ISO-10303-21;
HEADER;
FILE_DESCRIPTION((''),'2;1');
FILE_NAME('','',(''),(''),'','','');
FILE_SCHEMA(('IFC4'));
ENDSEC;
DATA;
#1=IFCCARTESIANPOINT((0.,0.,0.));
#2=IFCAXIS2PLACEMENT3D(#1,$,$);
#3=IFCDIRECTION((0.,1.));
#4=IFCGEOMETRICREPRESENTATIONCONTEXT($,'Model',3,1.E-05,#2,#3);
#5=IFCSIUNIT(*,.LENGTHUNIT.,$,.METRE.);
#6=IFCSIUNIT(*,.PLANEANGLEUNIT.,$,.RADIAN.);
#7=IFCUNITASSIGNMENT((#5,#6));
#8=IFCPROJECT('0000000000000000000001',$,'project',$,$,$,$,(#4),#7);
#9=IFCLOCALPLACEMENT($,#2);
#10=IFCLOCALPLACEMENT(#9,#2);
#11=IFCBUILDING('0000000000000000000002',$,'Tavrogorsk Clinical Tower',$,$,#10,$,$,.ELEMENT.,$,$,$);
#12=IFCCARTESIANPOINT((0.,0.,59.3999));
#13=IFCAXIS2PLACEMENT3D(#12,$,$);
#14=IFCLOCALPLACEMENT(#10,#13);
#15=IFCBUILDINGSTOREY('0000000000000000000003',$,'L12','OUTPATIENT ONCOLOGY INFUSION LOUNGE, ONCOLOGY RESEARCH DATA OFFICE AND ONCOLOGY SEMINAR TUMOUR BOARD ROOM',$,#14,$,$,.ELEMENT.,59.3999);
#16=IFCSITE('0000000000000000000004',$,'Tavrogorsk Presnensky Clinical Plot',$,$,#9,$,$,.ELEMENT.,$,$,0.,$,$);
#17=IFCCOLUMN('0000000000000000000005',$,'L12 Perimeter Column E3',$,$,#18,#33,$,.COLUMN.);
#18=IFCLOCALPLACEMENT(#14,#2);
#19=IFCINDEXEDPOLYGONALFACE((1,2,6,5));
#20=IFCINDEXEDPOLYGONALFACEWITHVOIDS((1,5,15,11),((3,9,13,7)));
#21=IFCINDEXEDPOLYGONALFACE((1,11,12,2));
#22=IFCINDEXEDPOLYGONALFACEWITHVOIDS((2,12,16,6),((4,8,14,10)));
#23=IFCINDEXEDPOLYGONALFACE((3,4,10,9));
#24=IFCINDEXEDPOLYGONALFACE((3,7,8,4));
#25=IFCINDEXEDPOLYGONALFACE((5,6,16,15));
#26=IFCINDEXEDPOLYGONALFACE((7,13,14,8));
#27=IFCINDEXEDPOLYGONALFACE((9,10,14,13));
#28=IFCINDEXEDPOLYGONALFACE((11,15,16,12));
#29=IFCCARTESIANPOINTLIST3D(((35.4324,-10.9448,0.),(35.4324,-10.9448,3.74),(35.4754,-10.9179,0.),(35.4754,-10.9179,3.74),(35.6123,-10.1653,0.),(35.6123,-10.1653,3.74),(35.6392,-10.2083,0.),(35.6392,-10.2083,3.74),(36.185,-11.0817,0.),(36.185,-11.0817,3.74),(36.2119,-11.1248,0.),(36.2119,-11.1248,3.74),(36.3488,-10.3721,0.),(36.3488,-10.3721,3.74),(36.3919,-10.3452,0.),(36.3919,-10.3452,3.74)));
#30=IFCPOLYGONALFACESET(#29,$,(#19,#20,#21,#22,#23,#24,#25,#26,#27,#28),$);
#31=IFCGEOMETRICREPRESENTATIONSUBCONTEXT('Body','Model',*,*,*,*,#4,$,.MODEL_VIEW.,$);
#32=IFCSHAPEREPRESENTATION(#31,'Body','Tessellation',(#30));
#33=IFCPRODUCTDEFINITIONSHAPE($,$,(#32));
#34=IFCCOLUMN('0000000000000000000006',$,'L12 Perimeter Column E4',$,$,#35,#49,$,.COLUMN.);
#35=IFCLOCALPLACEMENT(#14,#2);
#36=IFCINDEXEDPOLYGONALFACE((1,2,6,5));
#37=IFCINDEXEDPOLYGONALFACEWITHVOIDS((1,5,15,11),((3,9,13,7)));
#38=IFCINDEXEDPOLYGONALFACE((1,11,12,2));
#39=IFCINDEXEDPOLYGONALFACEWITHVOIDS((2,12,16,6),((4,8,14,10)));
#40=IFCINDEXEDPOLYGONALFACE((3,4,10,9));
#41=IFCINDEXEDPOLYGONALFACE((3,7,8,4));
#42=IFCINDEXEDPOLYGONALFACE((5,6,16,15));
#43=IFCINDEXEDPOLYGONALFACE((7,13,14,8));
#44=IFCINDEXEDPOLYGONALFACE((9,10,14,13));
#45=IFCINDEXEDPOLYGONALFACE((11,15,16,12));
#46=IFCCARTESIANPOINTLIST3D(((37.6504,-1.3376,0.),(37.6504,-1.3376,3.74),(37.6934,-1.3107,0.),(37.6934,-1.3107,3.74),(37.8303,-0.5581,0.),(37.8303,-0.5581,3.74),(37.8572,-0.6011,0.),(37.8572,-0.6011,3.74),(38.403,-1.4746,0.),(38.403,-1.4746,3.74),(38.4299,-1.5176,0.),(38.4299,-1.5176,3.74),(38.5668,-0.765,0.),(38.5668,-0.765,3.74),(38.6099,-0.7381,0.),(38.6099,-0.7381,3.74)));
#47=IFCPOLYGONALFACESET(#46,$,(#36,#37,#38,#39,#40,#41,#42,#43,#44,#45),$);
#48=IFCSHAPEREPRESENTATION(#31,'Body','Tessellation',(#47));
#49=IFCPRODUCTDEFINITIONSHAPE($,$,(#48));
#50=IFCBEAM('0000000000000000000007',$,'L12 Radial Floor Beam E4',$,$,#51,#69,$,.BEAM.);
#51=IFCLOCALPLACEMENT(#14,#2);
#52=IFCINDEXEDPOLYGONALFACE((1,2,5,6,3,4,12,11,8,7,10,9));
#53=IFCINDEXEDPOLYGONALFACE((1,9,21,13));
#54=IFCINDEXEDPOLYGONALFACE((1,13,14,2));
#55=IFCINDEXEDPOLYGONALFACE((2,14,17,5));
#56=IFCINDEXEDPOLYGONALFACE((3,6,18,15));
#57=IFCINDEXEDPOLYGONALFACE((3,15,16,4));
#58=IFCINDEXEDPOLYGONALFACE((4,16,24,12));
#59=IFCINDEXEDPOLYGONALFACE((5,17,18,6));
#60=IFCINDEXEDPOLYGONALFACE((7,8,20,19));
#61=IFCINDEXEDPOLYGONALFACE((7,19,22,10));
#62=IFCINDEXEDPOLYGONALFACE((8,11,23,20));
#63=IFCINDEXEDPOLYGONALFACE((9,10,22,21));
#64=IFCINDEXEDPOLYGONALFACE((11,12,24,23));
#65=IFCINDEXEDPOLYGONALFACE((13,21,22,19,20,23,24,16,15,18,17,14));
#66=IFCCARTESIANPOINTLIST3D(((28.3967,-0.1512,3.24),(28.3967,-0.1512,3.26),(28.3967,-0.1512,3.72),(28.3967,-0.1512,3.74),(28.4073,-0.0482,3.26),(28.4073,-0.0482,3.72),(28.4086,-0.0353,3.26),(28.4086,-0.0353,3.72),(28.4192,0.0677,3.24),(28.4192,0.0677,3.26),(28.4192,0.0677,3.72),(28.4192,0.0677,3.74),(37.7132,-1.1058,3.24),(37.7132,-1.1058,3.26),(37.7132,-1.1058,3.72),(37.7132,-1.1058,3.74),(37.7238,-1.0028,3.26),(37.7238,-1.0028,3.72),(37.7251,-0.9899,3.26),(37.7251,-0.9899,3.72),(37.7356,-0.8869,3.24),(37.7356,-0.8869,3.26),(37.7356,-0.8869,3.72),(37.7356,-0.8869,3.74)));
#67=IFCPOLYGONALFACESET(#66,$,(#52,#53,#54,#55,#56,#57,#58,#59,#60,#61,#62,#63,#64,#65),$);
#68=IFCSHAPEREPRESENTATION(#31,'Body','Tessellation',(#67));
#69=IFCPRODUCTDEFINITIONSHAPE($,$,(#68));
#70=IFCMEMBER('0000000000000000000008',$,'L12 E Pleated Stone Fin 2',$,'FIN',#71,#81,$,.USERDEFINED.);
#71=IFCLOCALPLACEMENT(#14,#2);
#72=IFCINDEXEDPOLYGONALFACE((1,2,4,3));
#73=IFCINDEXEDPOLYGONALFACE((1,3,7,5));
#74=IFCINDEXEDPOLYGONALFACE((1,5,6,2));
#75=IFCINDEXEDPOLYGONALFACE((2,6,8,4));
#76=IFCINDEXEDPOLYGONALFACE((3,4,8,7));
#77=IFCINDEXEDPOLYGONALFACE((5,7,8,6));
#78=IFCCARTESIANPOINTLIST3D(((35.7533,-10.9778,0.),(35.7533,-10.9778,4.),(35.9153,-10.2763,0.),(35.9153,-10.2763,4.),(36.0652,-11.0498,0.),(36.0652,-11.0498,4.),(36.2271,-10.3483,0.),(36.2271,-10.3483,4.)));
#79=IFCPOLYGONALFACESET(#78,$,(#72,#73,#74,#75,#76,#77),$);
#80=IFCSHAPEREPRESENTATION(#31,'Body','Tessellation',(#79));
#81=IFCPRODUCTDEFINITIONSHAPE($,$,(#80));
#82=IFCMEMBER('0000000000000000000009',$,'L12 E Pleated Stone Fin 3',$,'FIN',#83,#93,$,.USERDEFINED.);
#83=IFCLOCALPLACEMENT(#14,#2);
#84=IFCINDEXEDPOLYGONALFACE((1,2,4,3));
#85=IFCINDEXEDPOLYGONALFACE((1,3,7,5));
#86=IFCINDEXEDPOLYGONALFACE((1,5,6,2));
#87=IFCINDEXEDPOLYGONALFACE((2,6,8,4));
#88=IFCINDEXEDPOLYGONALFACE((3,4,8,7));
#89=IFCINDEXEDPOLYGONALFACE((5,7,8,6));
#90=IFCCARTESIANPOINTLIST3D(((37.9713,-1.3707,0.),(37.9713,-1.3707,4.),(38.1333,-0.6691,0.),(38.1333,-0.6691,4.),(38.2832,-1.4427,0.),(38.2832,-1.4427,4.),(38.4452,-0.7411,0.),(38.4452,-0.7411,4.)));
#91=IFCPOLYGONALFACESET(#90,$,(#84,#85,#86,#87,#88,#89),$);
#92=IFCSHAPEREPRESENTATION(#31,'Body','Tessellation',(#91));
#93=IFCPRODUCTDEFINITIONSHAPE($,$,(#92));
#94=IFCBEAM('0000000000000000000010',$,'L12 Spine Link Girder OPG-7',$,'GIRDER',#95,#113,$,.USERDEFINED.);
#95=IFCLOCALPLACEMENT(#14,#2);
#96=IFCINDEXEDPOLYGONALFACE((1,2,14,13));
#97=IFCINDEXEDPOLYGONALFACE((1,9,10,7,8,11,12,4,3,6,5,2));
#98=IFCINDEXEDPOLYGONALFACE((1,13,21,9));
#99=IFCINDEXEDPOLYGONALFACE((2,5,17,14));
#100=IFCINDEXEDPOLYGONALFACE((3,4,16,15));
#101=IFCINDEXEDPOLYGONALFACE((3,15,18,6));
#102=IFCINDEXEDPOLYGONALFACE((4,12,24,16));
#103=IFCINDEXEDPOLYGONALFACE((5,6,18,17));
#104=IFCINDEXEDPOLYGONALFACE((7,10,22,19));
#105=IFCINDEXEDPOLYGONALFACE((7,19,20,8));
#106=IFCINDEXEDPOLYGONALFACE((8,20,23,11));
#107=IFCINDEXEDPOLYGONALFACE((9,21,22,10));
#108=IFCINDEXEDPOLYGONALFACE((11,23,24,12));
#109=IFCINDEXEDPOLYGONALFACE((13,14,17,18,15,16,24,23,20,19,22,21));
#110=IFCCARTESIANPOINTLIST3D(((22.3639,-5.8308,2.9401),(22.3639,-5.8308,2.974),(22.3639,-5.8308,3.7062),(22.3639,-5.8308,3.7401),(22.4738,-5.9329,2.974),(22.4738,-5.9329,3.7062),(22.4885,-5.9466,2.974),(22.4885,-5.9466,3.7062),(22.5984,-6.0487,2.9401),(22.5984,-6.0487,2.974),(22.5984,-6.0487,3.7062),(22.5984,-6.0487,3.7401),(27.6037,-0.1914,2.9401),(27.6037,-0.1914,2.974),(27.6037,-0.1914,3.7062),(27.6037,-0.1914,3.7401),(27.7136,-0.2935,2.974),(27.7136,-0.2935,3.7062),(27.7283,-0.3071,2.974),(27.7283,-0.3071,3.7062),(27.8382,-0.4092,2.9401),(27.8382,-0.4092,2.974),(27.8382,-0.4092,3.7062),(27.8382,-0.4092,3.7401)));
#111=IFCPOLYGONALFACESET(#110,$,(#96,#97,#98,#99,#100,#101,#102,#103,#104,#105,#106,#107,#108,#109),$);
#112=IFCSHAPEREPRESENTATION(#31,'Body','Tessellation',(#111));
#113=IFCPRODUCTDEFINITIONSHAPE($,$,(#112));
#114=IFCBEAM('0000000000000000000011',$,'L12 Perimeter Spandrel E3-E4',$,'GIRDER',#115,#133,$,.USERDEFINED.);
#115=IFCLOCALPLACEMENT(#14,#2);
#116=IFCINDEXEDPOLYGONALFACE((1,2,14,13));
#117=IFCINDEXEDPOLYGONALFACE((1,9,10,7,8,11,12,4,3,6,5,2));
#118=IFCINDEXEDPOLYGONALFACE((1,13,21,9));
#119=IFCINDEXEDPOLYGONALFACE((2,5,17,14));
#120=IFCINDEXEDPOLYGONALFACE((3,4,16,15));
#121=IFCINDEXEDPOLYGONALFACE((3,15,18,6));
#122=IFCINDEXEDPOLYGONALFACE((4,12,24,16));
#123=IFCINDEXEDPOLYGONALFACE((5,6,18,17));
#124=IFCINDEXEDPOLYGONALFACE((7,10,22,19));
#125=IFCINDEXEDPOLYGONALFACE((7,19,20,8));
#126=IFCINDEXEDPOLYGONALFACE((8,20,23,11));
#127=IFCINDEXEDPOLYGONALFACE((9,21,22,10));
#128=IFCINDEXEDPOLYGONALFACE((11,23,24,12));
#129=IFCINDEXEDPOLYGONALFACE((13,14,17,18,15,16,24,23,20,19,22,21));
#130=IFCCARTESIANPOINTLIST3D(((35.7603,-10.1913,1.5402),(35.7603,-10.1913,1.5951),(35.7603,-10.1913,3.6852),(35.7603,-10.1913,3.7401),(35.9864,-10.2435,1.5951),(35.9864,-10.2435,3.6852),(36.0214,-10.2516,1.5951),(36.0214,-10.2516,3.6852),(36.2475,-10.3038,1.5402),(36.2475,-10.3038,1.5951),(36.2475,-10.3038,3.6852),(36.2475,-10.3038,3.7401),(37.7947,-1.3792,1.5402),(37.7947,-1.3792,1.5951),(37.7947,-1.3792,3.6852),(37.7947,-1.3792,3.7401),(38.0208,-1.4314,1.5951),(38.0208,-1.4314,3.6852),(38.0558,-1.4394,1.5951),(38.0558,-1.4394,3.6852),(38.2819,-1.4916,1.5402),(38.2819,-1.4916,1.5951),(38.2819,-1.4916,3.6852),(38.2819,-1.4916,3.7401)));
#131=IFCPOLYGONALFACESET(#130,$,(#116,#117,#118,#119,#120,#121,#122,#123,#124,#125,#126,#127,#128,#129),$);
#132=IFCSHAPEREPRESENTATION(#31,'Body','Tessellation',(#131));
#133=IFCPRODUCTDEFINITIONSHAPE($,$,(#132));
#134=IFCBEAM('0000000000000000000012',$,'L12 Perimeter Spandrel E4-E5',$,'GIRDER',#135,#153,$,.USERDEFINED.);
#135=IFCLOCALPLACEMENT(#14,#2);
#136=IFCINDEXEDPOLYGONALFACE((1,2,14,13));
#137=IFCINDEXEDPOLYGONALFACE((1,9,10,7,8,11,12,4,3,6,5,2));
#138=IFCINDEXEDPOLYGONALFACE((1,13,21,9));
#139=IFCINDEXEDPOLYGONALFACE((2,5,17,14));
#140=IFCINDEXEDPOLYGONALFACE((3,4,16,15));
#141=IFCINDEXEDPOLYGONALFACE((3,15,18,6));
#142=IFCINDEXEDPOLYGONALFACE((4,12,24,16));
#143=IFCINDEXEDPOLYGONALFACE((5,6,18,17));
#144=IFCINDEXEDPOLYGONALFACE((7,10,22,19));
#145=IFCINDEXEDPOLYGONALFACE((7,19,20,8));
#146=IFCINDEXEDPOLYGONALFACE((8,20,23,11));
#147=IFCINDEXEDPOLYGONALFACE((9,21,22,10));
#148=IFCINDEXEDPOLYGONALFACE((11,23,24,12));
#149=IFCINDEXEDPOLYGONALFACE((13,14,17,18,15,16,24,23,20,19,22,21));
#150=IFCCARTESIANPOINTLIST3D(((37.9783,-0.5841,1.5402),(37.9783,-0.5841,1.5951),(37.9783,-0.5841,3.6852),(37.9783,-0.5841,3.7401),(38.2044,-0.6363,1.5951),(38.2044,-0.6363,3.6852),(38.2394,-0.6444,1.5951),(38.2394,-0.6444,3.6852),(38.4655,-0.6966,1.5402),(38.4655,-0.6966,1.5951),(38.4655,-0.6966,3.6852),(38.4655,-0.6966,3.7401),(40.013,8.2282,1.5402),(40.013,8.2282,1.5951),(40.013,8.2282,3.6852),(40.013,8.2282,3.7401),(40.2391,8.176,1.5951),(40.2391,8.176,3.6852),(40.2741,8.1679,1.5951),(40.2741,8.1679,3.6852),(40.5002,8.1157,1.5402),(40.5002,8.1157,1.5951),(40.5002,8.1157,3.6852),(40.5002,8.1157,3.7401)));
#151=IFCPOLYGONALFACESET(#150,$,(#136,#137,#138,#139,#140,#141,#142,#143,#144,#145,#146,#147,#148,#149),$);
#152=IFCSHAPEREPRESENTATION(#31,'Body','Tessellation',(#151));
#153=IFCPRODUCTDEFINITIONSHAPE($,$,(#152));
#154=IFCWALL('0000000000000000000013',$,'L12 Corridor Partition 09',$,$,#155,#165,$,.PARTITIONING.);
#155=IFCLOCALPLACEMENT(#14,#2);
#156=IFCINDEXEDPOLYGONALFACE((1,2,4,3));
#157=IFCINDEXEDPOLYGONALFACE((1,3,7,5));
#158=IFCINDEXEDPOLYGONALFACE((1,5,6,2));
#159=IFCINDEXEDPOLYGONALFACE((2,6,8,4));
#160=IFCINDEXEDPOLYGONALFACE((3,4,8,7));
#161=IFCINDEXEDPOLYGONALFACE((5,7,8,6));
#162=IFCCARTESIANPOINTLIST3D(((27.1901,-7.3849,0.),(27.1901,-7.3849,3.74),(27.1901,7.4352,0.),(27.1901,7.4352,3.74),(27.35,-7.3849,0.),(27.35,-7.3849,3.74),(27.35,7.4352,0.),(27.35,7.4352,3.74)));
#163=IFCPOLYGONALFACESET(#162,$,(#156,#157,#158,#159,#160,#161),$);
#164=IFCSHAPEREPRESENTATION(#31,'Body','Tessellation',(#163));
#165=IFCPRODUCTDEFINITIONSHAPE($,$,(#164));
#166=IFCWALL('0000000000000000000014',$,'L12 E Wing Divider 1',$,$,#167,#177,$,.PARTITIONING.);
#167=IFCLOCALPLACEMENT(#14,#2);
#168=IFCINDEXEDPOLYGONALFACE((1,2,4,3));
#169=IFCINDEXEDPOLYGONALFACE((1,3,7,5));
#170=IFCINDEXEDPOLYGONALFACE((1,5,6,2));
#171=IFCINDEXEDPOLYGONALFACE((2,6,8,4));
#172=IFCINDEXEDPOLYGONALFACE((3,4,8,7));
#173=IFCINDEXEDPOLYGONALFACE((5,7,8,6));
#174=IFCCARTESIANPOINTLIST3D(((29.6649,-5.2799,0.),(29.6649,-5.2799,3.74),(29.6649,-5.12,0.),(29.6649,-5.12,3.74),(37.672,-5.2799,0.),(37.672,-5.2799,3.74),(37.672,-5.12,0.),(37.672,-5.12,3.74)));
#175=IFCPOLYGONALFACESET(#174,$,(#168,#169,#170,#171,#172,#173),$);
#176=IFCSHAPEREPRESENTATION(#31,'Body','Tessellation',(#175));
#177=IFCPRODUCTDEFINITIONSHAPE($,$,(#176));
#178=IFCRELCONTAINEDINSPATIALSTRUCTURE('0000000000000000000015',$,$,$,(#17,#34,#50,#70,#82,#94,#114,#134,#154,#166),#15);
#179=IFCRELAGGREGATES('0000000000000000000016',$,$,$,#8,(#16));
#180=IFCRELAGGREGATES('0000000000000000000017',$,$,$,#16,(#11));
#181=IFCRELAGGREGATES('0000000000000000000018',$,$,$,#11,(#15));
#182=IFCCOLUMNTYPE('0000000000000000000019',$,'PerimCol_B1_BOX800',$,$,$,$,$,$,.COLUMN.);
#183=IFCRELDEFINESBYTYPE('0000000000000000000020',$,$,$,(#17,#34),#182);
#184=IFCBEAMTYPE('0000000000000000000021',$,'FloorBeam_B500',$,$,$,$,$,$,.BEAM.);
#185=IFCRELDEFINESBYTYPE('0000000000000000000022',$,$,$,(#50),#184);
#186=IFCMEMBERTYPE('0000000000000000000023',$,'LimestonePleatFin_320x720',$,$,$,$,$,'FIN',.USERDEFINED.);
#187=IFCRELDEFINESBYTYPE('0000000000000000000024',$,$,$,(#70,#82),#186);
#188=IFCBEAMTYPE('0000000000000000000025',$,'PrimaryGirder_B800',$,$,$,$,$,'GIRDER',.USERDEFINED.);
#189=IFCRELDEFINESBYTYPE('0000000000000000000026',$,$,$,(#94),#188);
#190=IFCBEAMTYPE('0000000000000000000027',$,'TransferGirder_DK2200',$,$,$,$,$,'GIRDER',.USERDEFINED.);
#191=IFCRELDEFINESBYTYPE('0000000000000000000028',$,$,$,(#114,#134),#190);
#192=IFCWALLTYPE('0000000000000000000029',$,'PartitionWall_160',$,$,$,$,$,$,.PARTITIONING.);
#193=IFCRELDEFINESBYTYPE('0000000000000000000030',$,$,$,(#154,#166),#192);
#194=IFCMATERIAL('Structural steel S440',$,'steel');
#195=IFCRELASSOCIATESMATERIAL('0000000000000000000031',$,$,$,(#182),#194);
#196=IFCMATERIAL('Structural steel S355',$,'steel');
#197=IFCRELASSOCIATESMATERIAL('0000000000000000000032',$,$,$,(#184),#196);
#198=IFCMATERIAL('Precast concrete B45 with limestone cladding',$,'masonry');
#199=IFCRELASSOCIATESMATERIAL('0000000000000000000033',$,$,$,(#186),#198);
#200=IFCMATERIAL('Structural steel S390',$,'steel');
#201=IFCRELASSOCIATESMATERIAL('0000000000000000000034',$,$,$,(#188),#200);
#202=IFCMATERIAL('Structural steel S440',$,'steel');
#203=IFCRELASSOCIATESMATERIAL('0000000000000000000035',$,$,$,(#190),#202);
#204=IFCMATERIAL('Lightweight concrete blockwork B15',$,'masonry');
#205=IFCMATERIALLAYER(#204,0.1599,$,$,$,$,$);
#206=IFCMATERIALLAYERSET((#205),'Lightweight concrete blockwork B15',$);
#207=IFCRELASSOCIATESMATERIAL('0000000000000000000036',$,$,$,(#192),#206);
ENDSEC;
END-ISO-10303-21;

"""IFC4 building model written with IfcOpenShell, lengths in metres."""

from ifc_helpers import new_model, si_unit, direction, frame, frame_2d, origin, origin_2d, place, context, subcontext, project, spatial, rectangle, hollow_rectangle, i_section, extrude, material, layer, layer_set, material_profile, profile_set, type_object, element, save


model = new_model("IFC4")

# Units and contexts
model_context = context("Model", 3, precision=1e-05, world=origin(), true_north=direction((0.0, 1.0)))
body_context = subcontext(model_context, "Body", "Model", "MODEL_VIEW")
ifc_project = project(units=[si_unit("LENGTHUNIT", "METRE"), si_unit("PLANEANGLEUNIT", "RADIAN")], contexts=[model_context])

# Site, building, storey
site_placement = place(None, origin())
site = spatial("IfcSite", under=ifc_project, at=site_placement, Name="Tavrogorsk Presnensky Clinical Plot", CompositionType="ELEMENT", RefElevation=0.0)
building_placement = place(site_placement, origin())
building = spatial("IfcBuilding", under=site, at=building_placement, Name="Tavrogorsk Clinical Tower", CompositionType="ELEMENT")
storey_placement = place(building_placement, frame((0.0, 0.0, 59.3999)))
storey = spatial("IfcBuildingStorey", under=building, at=storey_placement, Name="L12", Description="OUTPATIENT ONCOLOGY INFUSION LOUNGE, ONCOLOGY RESEARCH DATA OFFICE AND ONCOLOGY SEMINAR TUMOUR BOARD ROOM", CompositionType="ELEMENT", Elevation=59.3999)

# Columns
ifc_material_1 = material(Name="Structural steel S440", Category="steel")
ifc_material_profile_1 = material_profile(ifc_material_1, hollow_rectangle(XDim=0.8, YDim=0.8, WallThickness=0.0359, at=origin_2d()), Name="BOX-800x800x36")
ifc_profile_set_1 = profile_set([ifc_material_profile_1], Name="Structural steel S440")
column_type = type_object("IfcColumnType", Name="PerimCol_B1_BOX800", PredefinedType="COLUMN", material=ifc_profile_set_1)
for number, where, z_axis, x_axis, name in (
    (1, (35.9121, -10.645, 0.0), (0.0, 0.0, 1.0), (0.97437, -0.224951, 0.0), "L12 Perimeter Column E3"),
    (2, (38.1301, -1.0378, 0.0), (0.0, 0.0, 1.0), (0.97437, -0.224951, 0.0), "L12 Perimeter Column E4"),
):
    element("IfcColumn", number, at=place(storey_placement, frame(where, z_axis=z_axis, x_axis=x_axis)), inside=storey, type_object=column_type, Name=name, PredefinedType="COLUMN", context=body_context, shape_type="SweptSolid", body=[
        extrude(hollow_rectangle(XDim=0.8, YDim=0.8, WallThickness=0.0359, at=origin_2d()), origin(), (0.0, 0.0, 1.0), 3.74),
    ])

# Beam
ifc_material_2 = material(Name="Structural steel S355", Category="steel")
ifc_material_profile_2 = material_profile(ifc_material_2, i_section(OverallWidth=0.22, OverallDepth=0.5, WebThickness=0.0129, FlangeThickness=0.02, at=origin_2d()), Name="B-500x220x13x20")
ifc_profile_set_2 = profile_set([ifc_material_profile_2], Name="Structural steel S355")
beam_type_1 = type_object("IfcBeamType", Name="FloorBeam_B500", PredefinedType="BEAM", material=ifc_profile_set_2)
beam_1_placement = place(storey_placement, frame((28.408, -0.0417, 3.49), z_axis=(0.994792, -0.10193, 0.0), x_axis=(0.10193, 0.994792, 0.0)))
element("IfcBeam", 3, at=beam_1_placement, inside=storey, type_object=beam_type_1, Name="L12 Radial Floor Beam E4", PredefinedType="BEAM", context=body_context, shape_type="SweptSolid", body=[
    extrude(i_section(OverallWidth=0.22, OverallDepth=0.5, WebThickness=0.0129, FlangeThickness=0.02, at=origin_2d()), origin(), (0.0, 0.0, 1.0), 9.3652),
])

# Members
ifc_material_3 = material(Name="Precast concrete B45 with limestone cladding", Category="masonry")
ifc_material_profile_3 = material_profile(ifc_material_3, rectangle(XDim=0.3201, YDim=0.72, at=origin_2d()), Name="LIMESTONE-FIN-320x720")
ifc_profile_set_3 = profile_set([ifc_material_profile_3], Name="Precast concrete B45 with limestone cladding")
member_type = type_object("IfcMemberType", Name="LimestonePleatFin_320x720", ElementType="FIN", PredefinedType="USERDEFINED", material=ifc_profile_set_3)
for number, where, z_axis, x_axis, name in (
    (4, (35.9902, -10.6631, 0.0), (0.0, 0.0, 1.0), (0.97437, -0.224951, 0.0), "L12 E Pleated Stone Fin 2"),
    (5, (38.2083, -1.0559, 0.0), (0.0, 0.0, 1.0), (0.97437, -0.224951, 0.0), "L12 E Pleated Stone Fin 3"),
):
    element("IfcMember", number, at=place(storey_placement, frame(where, z_axis=z_axis, x_axis=x_axis)), inside=storey, type_object=member_type, Name=name, ObjectType="FIN", PredefinedType="USERDEFINED", context=body_context, shape_type="SweptSolid", body=[
        extrude(rectangle(XDim=0.3201, YDim=0.72, at=origin_2d()), origin(), (0.0, 0.0, 1.0), 4.0),
    ])

# Beams
ifc_material_4 = material(Name="Structural steel S390", Category="steel")
ifc_material_profile_4 = material_profile(ifc_material_4, i_section(OverallWidth=0.3201, OverallDepth=0.8, WebThickness=0.02, FlangeThickness=0.0339, at=origin_2d()), Name="B-800x320x20x34")
ifc_profile_set_4 = profile_set([ifc_material_profile_4], Name="Structural steel S390")
beam_type_2 = type_object("IfcBeamType", Name="PrimaryGirder_B800", ElementType="GIRDER", PredefinedType="USERDEFINED", material=ifc_profile_set_4)
beam_2_placement = place(storey_placement, frame((27.7209, -0.3003, 3.3401), z_axis=(-0.680671, -0.732589, 0.0), x_axis=(0.732589, -0.680671, 0.0)))
element("IfcBeam", 6, at=beam_2_placement, inside=storey, type_object=beam_type_2, Name="L12 Spine Link Girder OPG-7", ObjectType="GIRDER", PredefinedType="USERDEFINED", context=body_context, shape_type="SweptSolid", body=[
    extrude(i_section(OverallWidth=0.3201, OverallDepth=0.8, WebThickness=0.02, FlangeThickness=0.0339, at=origin_2d()), origin(), (0.0, 0.0, 1.0), 7.698),
])
ifc_material_5 = material(Name="Structural steel S440", Category="steel")
ifc_material_profile_5 = material_profile(ifc_material_5, i_section(OverallWidth=0.5, OverallDepth=2.2, WebThickness=0.0359, FlangeThickness=0.0549, at=origin_2d()), Name="DK-2200x500x36x55")
ifc_profile_set_5 = profile_set([ifc_material_profile_5], Name="Structural steel S440")
beam_type_3 = type_object("IfcBeamType", Name="TransferGirder_DK2200", ElementType="GIRDER", PredefinedType="USERDEFINED", material=ifc_profile_set_5)
beam_3_placement = place(storey_placement, frame((36.0039, -10.2476, 2.6401), z_axis=(0.224946, 0.974371, 0.0), x_axis=(-0.974371, 0.224946, 0.0)))
element("IfcBeam", 7, at=beam_3_placement, inside=storey, type_object=beam_type_3, Name="L12 Perimeter Spandrel E3-E4", ObjectType="GIRDER", PredefinedType="USERDEFINED", context=body_context, shape_type="SweptSolid", body=[
    extrude(i_section(OverallWidth=0.5, OverallDepth=2.2, WebThickness=0.0359, FlangeThickness=0.0549, at=origin_2d()), origin(), (0.0, 0.0, 1.0), 9.0439),
])
beam_4_placement = place(storey_placement, frame((38.2219, -0.6404, 2.6401), z_axis=(0.224972, 0.974365, 0.0), x_axis=(-0.974365, 0.224972, 0.0)))
element("IfcBeam", 8, at=beam_4_placement, inside=storey, type_object=beam_type_3, Name="L12 Perimeter Spandrel E4-E5", ObjectType="GIRDER", PredefinedType="USERDEFINED", context=body_context, shape_type="SweptSolid", body=[
    extrude(i_section(OverallWidth=0.5, OverallDepth=2.2, WebThickness=0.0359, FlangeThickness=0.0549, at=origin_2d()), origin(), (0.0, 0.0, 1.0), 9.0442),
])

# Shared definitions
ifc_material_6 = material(Name="Lightweight concrete blockwork B15", Category="masonry")
ifc_layer = layer(ifc_material_6, 0.1599)
ifc_layer_set = layer_set([ifc_layer], Name="Lightweight concrete blockwork B15")
wall_type = type_object("IfcWallType", Name="PartitionWall_160", PredefinedType="PARTITIONING", material=ifc_layer_set)

# Walls
wall_1_placement = place(storey_placement, frame((27.27, -7.385, 0.0), z_axis=(0.0, 0.0, 1.0), x_axis=(0.0, 1.0, 0.0)))
element("IfcWall", 9, at=wall_1_placement, inside=storey, type_object=wall_type, Name="L12 Corridor Partition 09", PredefinedType="PARTITIONING", context=body_context, shape_type="SweptSolid", body=[
    extrude(rectangle(XDim=14.8201, YDim=0.1599, at=frame_2d((7.4102, 0.0))), origin(), (0.0, 0.0, 1.0), 3.74),
])
wall_2_placement = place(storey_placement, frame((29.665, -5.2, 0.0), z_axis=(0.0, 0.0, 1.0), x_axis=(1.0, 0.0, 0.0)))
element("IfcWall", 10, at=wall_2_placement, inside=storey, type_object=wall_type, Name="L12 E Wing Divider 1", PredefinedType="PARTITIONING", context=body_context, shape_type="SweptSolid", body=[
    extrude(rectangle(XDim=8.0071, YDim=0.1599, at=frame_2d((4.0034, 0.0))), origin(), (0.0, 0.0, 1.0), 3.74),
])

save(model, "model.ifc")
